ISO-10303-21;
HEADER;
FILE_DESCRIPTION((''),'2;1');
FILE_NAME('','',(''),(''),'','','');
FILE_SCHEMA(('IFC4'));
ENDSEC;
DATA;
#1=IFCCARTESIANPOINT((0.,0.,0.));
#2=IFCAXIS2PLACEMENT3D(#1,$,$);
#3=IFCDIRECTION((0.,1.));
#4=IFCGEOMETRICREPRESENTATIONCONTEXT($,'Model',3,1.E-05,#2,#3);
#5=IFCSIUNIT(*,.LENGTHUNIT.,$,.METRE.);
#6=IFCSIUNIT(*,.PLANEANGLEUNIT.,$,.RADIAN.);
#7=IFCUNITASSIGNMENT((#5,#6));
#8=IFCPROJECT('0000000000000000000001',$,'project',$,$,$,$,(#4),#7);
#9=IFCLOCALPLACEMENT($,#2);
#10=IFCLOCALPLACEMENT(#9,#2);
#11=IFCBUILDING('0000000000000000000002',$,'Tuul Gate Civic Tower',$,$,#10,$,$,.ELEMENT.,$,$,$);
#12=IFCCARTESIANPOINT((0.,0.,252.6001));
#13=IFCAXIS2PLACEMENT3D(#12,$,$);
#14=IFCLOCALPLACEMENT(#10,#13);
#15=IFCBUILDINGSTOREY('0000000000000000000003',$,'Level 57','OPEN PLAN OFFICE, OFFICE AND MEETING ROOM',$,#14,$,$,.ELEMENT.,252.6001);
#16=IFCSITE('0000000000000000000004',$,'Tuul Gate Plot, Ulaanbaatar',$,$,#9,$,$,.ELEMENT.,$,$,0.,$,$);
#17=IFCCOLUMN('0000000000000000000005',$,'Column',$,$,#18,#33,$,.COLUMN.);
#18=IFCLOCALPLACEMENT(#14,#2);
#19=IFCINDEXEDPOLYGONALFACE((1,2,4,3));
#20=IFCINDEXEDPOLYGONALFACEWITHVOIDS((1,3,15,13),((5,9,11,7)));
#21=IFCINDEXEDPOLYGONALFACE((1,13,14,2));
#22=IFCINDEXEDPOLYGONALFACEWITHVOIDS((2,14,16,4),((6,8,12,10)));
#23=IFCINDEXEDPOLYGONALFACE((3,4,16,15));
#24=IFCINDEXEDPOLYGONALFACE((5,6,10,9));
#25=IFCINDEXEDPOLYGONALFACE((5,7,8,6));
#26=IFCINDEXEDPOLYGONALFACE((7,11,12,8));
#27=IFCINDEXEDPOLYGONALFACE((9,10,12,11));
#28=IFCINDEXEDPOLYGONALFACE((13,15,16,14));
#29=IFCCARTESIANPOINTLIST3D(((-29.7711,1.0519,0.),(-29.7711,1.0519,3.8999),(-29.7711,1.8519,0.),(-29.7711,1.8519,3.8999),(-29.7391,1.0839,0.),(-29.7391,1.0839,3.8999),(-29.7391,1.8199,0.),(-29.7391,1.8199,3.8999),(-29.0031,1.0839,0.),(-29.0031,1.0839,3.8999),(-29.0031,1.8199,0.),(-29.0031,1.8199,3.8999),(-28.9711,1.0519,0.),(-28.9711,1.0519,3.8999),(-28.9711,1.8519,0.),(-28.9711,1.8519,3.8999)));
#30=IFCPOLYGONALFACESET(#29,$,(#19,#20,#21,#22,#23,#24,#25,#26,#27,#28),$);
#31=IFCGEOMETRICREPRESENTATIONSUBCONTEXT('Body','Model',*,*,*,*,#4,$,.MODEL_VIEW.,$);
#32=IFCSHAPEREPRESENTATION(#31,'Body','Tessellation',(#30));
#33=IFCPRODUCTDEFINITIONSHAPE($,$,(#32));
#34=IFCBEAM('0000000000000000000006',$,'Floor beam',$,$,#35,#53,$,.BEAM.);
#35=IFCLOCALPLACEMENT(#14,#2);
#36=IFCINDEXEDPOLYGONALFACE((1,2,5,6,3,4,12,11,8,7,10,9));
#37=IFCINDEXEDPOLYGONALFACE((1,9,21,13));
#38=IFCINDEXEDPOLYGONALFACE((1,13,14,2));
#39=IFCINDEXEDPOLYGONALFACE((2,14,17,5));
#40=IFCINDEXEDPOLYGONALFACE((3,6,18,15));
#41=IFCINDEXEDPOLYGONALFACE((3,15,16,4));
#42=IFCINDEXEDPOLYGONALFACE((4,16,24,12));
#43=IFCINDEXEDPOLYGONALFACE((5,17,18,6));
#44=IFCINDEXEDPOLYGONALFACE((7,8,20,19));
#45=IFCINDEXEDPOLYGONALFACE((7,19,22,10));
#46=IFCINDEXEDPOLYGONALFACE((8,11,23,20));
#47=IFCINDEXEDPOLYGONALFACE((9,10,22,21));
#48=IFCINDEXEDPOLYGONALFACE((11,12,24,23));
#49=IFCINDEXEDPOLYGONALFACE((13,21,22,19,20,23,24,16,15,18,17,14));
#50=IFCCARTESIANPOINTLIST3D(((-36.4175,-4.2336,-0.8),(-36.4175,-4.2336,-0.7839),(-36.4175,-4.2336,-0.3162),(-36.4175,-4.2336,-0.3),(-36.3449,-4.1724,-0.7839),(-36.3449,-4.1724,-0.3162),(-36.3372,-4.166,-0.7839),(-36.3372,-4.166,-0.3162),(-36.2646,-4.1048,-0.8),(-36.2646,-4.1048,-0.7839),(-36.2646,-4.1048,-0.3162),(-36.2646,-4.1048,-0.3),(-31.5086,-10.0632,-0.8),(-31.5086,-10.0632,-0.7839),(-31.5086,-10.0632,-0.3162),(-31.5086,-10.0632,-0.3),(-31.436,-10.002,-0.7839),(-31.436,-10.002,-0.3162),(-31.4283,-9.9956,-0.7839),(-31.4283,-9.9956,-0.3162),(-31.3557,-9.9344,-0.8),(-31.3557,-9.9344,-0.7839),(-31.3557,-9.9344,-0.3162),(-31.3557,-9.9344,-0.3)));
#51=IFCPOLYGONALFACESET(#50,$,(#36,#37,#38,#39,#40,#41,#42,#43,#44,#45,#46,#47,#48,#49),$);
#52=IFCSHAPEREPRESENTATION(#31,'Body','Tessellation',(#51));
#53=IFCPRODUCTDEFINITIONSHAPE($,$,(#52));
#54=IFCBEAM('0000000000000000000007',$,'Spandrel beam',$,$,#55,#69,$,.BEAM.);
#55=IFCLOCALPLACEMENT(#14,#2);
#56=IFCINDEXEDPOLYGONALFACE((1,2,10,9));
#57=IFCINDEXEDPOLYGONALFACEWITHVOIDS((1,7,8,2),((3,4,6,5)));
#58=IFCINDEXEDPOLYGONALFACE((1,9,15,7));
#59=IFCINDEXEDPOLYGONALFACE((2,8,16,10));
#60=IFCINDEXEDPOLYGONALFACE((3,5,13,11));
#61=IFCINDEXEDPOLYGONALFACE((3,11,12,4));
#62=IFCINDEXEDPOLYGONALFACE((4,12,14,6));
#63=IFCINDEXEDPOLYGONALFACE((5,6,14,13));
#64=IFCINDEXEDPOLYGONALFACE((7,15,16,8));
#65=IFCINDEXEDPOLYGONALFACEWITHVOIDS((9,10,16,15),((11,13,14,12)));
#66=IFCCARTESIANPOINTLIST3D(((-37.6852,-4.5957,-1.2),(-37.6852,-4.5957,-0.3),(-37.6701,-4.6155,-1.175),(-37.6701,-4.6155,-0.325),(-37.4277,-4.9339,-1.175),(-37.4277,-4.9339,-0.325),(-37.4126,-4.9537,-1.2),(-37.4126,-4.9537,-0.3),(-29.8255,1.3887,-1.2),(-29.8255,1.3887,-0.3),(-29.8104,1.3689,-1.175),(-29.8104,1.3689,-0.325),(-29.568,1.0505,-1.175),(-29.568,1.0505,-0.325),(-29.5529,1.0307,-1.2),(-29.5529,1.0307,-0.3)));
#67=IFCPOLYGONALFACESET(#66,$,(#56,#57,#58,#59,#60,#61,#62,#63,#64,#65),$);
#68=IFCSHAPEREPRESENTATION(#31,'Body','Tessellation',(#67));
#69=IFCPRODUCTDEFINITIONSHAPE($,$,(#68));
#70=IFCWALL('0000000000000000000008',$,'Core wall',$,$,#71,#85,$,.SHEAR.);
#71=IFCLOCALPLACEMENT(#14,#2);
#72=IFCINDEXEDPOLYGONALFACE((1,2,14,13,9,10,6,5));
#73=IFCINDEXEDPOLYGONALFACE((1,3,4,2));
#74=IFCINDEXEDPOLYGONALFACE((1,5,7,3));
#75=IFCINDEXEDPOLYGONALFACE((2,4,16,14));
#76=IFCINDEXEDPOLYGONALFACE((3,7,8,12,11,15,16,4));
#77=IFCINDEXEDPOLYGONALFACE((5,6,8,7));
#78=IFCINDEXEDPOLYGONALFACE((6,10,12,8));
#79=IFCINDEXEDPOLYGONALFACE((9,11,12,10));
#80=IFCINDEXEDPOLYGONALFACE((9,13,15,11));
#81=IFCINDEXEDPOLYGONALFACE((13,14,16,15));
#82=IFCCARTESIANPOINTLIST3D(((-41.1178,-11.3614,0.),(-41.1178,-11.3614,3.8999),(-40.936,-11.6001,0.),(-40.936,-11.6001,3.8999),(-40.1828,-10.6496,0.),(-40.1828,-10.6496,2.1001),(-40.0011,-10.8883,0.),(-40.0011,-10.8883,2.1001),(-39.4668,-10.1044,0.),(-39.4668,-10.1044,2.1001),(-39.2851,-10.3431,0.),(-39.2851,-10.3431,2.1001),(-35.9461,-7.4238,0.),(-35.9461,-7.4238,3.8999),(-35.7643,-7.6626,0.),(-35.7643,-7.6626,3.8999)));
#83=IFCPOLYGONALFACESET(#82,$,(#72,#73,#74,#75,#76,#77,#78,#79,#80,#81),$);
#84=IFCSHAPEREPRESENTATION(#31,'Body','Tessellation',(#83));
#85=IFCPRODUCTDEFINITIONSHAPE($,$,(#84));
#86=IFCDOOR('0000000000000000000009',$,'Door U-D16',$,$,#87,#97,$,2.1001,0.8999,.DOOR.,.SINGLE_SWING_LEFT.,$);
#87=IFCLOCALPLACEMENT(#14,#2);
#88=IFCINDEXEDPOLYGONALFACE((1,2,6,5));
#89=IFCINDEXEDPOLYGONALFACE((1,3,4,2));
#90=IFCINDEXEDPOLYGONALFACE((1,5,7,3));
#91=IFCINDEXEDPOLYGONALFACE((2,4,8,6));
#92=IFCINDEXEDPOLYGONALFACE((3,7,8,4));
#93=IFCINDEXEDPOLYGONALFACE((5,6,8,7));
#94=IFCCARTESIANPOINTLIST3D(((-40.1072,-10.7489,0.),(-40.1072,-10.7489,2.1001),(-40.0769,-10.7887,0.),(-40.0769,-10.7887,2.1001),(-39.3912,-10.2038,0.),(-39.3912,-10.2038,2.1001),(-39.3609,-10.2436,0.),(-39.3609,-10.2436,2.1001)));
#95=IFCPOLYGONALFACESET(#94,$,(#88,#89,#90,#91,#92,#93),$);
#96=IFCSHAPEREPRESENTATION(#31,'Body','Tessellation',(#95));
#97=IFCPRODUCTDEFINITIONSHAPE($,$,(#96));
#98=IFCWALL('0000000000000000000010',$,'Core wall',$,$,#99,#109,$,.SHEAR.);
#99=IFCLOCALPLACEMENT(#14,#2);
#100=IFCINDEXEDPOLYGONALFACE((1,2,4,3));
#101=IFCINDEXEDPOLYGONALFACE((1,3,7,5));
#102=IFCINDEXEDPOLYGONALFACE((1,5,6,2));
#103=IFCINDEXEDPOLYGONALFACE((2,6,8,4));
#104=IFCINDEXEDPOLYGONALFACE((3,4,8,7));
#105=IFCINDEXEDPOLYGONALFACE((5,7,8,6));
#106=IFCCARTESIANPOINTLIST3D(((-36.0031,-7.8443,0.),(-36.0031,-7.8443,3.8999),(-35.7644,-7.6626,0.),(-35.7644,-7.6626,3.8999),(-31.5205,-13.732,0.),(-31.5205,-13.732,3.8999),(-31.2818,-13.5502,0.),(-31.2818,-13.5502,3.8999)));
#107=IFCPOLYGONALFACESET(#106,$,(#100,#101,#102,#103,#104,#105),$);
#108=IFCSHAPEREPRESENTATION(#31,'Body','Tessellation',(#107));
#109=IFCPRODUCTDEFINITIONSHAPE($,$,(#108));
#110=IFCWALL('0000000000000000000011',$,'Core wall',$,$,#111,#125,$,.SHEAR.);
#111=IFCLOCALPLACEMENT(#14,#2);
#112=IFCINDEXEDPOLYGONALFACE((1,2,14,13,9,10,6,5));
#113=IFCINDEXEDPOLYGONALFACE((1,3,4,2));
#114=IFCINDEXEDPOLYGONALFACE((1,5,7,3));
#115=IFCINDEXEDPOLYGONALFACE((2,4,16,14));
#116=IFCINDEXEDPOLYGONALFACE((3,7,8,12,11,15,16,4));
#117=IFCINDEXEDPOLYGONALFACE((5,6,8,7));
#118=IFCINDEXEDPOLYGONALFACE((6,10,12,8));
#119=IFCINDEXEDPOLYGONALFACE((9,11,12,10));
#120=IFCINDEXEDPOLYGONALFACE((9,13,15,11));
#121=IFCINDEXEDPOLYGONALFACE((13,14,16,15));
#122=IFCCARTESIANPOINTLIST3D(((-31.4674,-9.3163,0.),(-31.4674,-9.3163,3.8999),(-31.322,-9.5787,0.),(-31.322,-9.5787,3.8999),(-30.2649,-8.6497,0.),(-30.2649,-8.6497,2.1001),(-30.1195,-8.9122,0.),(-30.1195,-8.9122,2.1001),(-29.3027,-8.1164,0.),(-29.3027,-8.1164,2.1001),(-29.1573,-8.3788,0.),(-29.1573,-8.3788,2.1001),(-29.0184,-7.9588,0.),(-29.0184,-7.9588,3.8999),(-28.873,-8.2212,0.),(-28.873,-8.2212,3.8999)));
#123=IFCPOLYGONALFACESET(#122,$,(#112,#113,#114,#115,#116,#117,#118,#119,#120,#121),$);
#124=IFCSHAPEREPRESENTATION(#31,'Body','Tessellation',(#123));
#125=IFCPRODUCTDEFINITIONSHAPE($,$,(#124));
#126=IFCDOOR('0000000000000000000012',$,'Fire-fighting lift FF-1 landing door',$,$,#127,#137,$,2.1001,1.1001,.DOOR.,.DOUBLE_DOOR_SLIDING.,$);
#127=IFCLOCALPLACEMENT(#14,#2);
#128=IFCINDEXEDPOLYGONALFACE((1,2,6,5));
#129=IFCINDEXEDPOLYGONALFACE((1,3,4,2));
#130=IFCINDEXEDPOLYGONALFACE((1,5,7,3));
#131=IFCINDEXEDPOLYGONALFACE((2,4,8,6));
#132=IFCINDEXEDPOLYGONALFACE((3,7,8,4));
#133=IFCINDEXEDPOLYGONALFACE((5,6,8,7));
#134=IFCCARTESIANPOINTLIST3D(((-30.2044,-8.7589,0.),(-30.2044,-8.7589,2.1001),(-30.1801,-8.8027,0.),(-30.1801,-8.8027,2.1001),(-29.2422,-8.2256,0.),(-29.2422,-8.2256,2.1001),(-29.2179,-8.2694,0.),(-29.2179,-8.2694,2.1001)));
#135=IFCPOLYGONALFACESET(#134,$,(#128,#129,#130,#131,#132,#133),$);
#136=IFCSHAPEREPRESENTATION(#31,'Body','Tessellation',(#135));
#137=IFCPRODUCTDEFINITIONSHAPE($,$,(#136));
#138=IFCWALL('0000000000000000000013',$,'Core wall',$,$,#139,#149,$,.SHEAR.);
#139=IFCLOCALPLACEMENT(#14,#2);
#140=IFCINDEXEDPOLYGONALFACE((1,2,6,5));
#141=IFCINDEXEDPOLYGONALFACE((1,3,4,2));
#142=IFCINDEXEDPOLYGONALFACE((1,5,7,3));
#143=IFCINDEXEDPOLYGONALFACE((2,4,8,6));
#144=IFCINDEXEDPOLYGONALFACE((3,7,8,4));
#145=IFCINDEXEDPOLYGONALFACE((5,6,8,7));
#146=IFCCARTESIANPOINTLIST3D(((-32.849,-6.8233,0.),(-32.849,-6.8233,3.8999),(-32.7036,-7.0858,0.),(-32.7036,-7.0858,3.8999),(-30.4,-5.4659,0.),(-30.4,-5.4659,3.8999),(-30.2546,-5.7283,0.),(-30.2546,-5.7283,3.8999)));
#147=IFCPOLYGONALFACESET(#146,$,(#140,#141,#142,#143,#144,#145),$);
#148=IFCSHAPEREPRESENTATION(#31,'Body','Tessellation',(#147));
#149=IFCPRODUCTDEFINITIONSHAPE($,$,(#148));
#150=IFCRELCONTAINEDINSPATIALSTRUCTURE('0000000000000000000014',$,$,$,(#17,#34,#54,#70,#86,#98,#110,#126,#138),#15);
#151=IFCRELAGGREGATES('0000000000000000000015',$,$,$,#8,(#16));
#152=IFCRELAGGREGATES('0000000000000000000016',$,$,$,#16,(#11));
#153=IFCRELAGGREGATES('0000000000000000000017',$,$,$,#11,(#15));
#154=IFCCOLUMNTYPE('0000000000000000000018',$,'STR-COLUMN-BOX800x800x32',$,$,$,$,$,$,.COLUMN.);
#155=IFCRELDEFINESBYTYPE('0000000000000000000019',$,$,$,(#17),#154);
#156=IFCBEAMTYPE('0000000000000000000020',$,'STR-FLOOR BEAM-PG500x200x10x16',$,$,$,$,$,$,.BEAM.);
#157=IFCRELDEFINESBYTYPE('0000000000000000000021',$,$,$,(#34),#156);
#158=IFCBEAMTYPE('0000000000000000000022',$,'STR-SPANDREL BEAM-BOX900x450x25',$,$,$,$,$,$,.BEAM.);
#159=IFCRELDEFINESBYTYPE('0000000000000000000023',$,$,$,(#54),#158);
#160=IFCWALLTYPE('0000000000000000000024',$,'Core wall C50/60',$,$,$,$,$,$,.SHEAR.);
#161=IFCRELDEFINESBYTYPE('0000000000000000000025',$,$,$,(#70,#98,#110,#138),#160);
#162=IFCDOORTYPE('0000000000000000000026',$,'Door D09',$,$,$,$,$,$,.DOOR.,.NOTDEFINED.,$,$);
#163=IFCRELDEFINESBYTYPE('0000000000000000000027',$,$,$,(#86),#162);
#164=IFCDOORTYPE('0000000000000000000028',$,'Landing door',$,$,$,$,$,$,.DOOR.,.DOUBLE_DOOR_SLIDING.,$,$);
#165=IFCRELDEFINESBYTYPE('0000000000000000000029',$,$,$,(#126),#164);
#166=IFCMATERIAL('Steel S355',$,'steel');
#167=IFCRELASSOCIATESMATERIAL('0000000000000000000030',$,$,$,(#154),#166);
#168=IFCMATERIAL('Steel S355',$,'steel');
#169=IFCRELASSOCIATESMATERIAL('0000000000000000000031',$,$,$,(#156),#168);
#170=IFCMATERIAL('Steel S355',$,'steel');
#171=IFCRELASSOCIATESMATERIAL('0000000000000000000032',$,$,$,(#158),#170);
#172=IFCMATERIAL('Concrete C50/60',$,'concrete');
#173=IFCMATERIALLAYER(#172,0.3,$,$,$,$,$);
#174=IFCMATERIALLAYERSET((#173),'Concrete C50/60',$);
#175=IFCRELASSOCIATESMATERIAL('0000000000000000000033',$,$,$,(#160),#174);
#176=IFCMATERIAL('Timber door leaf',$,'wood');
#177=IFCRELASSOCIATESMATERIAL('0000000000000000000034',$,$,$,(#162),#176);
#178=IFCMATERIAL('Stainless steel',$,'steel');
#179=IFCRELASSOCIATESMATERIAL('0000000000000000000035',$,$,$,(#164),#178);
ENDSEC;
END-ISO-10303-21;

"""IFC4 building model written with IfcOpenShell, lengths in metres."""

from ifc_helpers import new_model, si_unit, direction, frame, frame_2d, origin, origin_2d, place, context, subcontext, project, spatial, rectangle, hollow_rectangle, i_section, extrude, material, layer, layer_set, material_profile, profile_set, type_object, element, fill, save


model = new_model("IFC4")

# Units and contexts
model_context = context("Model", 3, precision=1e-05, world=origin(), true_north=direction((0.0, 1.0)))
body_context = subcontext(model_context, "Body", "Model", "MODEL_VIEW")
ifc_project = project(units=[si_unit("LENGTHUNIT", "METRE"), si_unit("PLANEANGLEUNIT", "RADIAN")], contexts=[model_context])

# Site, building, storey
site_placement = place(None, origin())
site = spatial("IfcSite", under=ifc_project, at=site_placement, Name="Tuul Gate Plot, Ulaanbaatar", CompositionType="ELEMENT", RefElevation=0.0)
building_placement = place(site_placement, origin())
building = spatial("IfcBuilding", under=site, at=building_placement, Name="Tuul Gate Civic Tower", CompositionType="ELEMENT")
storey_placement = place(building_placement, frame((0.0, 0.0, 252.6001)))
storey = spatial("IfcBuildingStorey", under=building, at=storey_placement, Name="Level 57", Description="OPEN PLAN OFFICE, OFFICE AND MEETING ROOM", CompositionType="ELEMENT", Elevation=252.6001)

# Column
ifc_material_1 = material(Name="Steel S355", Category="steel")
ifc_material_profile_1 = material_profile(ifc_material_1, hollow_rectangle(XDim=0.8, YDim=0.8, WallThickness=0.032, at=origin_2d()), Name="BOX800x800x32")
ifc_profile_set_1 = profile_set([ifc_material_profile_1], Name="Steel S355")
column_type = type_object("IfcColumnType", Name="STR-COLUMN-BOX800x800x32", PredefinedType="COLUMN", material=ifc_profile_set_1)
column_placement = place(storey_placement, frame((-29.3711, 1.4519, 0.0), z_axis=(0.0, 0.0, 1.0), x_axis=(1.0, 0.0, 0.0)))
element("IfcColumn", 1, at=column_placement, inside=storey, type_object=column_type, Name="Column", PredefinedType="COLUMN", context=body_context, shape_type="SweptSolid", body=[
    extrude(hollow_rectangle(XDim=0.8, YDim=0.8, WallThickness=0.032, at=origin_2d()), origin(), (0.0, 0.0, 1.0), 3.8999),
])

# Beams
ifc_material_2 = material(Name="Steel S355", Category="steel")
ifc_material_profile_2 = material_profile(ifc_material_2, i_section(OverallWidth=0.2, OverallDepth=0.5, WebThickness=0.01, FlangeThickness=0.0161, at=origin_2d()), Name="PG500x200x10x16")
ifc_profile_set_2 = profile_set([ifc_material_profile_2], Name="Steel S355")
beam_type_1 = type_object("IfcBeamType", Name="STR-FLOOR BEAM-PG500x200x10x16", PredefinedType="BEAM", material=ifc_profile_set_2)
beam_1_placement = place(storey_placement, frame((-31.4321, -9.9988, -0.55), z_axis=(-0.644121, 0.764924, 0.0), x_axis=(-0.764924, -0.644121, 0.0)))
element("IfcBeam", 2, at=beam_1_placement, inside=storey, type_object=beam_type_1, Name="Floor beam", PredefinedType="BEAM", context=body_context, shape_type="SweptSolid", body=[
    extrude(i_section(OverallWidth=0.2, OverallDepth=0.5, WebThickness=0.01, FlangeThickness=0.0161, at=origin_2d()), origin(), (0.0, 0.0, 1.0), 7.6211),
])
ifc_material_3 = material(Name="Steel S355", Category="steel")
ifc_material_profile_3 = material_profile(ifc_material_3, hollow_rectangle(XDim=0.45, YDim=0.8999, WallThickness=0.0249, at=origin_2d()), Name="BOX900x450x25")
ifc_profile_set_3 = profile_set([ifc_material_profile_3], Name="Steel S355")
beam_type_2 = type_object("IfcBeamType", Name="STR-SPANDREL BEAM-BOX900x450x25", PredefinedType="BEAM", material=ifc_profile_set_3)
beam_2_placement = place(storey_placement, frame((-29.6892, 1.2097, -0.75), z_axis=(-0.795622, -0.605793, 0.0), x_axis=(0.605793, -0.795622, 0.0)))
element("IfcBeam", 3, at=beam_2_placement, inside=storey, type_object=beam_type_2, Name="Spandrel beam", PredefinedType="BEAM", context=body_context, shape_type="SweptSolid", body=[
    extrude(hollow_rectangle(XDim=0.45, YDim=0.8999, WallThickness=0.0249, at=origin_2d()), origin(), (0.0, 0.0, 1.0), 9.8787),
])

# Wall, opening, door
ifc_material_4 = material(Name="Concrete C50/60", Category="concrete")
ifc_layer_1 = layer(ifc_material_4, 0.3)
ifc_layer_set_1 = layer_set([ifc_layer_1], Name="Concrete C50/60")
wall_type_1 = type_object("IfcWallType", Name="Core wall C50/60", PredefinedType="SHEAR", material=ifc_layer_set_1)
wall_1_placement = place(storey_placement, frame((-35.8552, -7.5432, 0.0), z_axis=(0.0, 0.0, 1.0), x_axis=(-0.795639, -0.605772, 0.0)))
wall_1 = element("IfcWall", 4, at=wall_1_placement, inside=storey, type_object=wall_type_1, Name="Core wall", PredefinedType="SHEAR", context=body_context, shape_type="SweptSolid", body=[
    extrude(rectangle(XDim=6.5, YDim=0.3, at=frame_2d((3.25, 0.0))), origin(), (0.0, 0.0, 1.0), 3.8999),
])
opening_1_placement = place(wall_1_placement, frame((4.425, 0.0, 0.0)))
opening_1 = element("IfcOpeningElement", 5, at=opening_1_placement, cuts=wall_1, PredefinedType="OPENING", context=body_context, shape_type="SweptSolid", body=[
    extrude(rectangle(XDim=0.8999, YDim=2.1001, at=frame_2d((0.45, 1.05))), frame((0.0, 0.1602, 0.0), z_axis=(0.0, -1.0, 0.0), x_axis=(1.0, 0.0, 0.0)), (0.0, 0.0, 1.0), 0.3201),
])
ifc_material_5 = material(Name="Timber door leaf", Category="wood")
door_type_1 = type_object("IfcDoorType", Name="Door D09", OperationType="NOTDEFINED", PredefinedType="DOOR", material=ifc_material_5)
door_1_placement = place(opening_1_placement, origin())
door_1 = element("IfcDoor", 6, at=door_1_placement, inside=storey, type_object=door_type_1, Name="Door U-D16", OperationType="SINGLE_SWING_LEFT", OverallHeight=2.1001, OverallWidth=0.8999, PredefinedType="DOOR", context=body_context, shape_type="SweptSolid", body=[
    extrude(rectangle(XDim=0.8999, YDim=2.1001, at=frame_2d((0.45, 1.05))), frame((0.0, 0.0249, 0.0), z_axis=(0.0, -1.0, 0.0), x_axis=(1.0, 0.0, 0.0)), (0.0, 0.0, 1.0), 0.05),
])
fill(opening_1, door_1)

# Wall
wall_2_placement = place(storey_placement, frame((-31.4011, -13.6411, 0.0), z_axis=(0.0, 0.0, 1.0), x_axis=(-0.60577, 0.79564, 0.0)))
element("IfcWall", 7, at=wall_2_placement, inside=storey, type_object=wall_type_1, Name="Core wall", PredefinedType="SHEAR", context=body_context, shape_type="SweptSolid", body=[
    extrude(rectangle(XDim=7.3999, YDim=0.3, at=frame_2d((3.7, 0.0))), origin(), (0.0, 0.0, 1.0), 3.8999),
])

# Wall, opening, door
wall_3_placement = place(storey_placement, frame((-28.9458, -8.0901, 0.0), z_axis=(0.0, 0.0, 1.0), x_axis=(-0.87463, -0.484791, 0.0)))
wall_3 = element("IfcWall", 8, at=wall_3_placement, inside=storey, type_object=wall_type_1, Name="Core wall", PredefinedType="SHEAR", context=body_context, shape_type="SweptSolid", body=[
    extrude(rectangle(XDim=2.8, YDim=0.3, at=frame_2d((1.3999, 0.0))), origin(), (0.0, 0.0, 1.0), 3.8999),
])
opening_2_placement = place(wall_3_placement, frame((0.325, 0.0, 0.0)))
opening_2 = element("IfcOpeningElement", 9, at=opening_2_placement, cuts=wall_3, PredefinedType="OPENING", context=body_context, shape_type="SweptSolid", body=[
    extrude(rectangle(XDim=1.1001, YDim=2.1001, at=frame_2d((0.55, 1.05))), frame((0.0, 0.1602, 0.0), z_axis=(0.0, -1.0, 0.0), x_axis=(1.0, 0.0, 0.0)), (0.0, 0.0, 1.0), 0.3201),
])
ifc_material_6 = material(Name="Stainless steel", Category="steel")
door_type_2 = type_object("IfcDoorType", Name="Landing door", OperationType="DOUBLE_DOOR_SLIDING", PredefinedType="DOOR", material=ifc_material_6)
door_2_placement = place(opening_2_placement, origin())
door_2 = element("IfcDoor", 10, at=door_2_placement, inside=storey, type_object=door_type_2, Name="Fire-fighting lift FF-1 landing door", OperationType="DOUBLE_DOOR_SLIDING", OverallHeight=2.1001, OverallWidth=1.1001, PredefinedType="DOOR", context=body_context, shape_type="SweptSolid", body=[
    extrude(rectangle(XDim=1.1001, YDim=2.1001, at=frame_2d((0.55, 1.05))), frame((0.0, 0.0249, 0.0), z_axis=(0.0, -1.0, 0.0), x_axis=(1.0, 0.0, 0.0)), (0.0, 0.0, 1.0), 0.05),
])
fill(opening_2, door_2)

# Wall
wall_4_placement = place(storey_placement, frame((-30.3274, -5.5972, 0.0), z_axis=(0.0, 0.0, 1.0), x_axis=(-0.87463, -0.484791, 0.0)))
element("IfcWall", 11, at=wall_4_placement, inside=storey, type_object=wall_type_1, Name="Core wall", PredefinedType="SHEAR", context=body_context, shape_type="SweptSolid", body=[
    extrude(rectangle(XDim=2.8, YDim=0.3, at=frame_2d((1.3999, 0.0))), origin(), (0.0, 0.0, 1.0), 3.8999),
])

save(model, "model.ifc")
